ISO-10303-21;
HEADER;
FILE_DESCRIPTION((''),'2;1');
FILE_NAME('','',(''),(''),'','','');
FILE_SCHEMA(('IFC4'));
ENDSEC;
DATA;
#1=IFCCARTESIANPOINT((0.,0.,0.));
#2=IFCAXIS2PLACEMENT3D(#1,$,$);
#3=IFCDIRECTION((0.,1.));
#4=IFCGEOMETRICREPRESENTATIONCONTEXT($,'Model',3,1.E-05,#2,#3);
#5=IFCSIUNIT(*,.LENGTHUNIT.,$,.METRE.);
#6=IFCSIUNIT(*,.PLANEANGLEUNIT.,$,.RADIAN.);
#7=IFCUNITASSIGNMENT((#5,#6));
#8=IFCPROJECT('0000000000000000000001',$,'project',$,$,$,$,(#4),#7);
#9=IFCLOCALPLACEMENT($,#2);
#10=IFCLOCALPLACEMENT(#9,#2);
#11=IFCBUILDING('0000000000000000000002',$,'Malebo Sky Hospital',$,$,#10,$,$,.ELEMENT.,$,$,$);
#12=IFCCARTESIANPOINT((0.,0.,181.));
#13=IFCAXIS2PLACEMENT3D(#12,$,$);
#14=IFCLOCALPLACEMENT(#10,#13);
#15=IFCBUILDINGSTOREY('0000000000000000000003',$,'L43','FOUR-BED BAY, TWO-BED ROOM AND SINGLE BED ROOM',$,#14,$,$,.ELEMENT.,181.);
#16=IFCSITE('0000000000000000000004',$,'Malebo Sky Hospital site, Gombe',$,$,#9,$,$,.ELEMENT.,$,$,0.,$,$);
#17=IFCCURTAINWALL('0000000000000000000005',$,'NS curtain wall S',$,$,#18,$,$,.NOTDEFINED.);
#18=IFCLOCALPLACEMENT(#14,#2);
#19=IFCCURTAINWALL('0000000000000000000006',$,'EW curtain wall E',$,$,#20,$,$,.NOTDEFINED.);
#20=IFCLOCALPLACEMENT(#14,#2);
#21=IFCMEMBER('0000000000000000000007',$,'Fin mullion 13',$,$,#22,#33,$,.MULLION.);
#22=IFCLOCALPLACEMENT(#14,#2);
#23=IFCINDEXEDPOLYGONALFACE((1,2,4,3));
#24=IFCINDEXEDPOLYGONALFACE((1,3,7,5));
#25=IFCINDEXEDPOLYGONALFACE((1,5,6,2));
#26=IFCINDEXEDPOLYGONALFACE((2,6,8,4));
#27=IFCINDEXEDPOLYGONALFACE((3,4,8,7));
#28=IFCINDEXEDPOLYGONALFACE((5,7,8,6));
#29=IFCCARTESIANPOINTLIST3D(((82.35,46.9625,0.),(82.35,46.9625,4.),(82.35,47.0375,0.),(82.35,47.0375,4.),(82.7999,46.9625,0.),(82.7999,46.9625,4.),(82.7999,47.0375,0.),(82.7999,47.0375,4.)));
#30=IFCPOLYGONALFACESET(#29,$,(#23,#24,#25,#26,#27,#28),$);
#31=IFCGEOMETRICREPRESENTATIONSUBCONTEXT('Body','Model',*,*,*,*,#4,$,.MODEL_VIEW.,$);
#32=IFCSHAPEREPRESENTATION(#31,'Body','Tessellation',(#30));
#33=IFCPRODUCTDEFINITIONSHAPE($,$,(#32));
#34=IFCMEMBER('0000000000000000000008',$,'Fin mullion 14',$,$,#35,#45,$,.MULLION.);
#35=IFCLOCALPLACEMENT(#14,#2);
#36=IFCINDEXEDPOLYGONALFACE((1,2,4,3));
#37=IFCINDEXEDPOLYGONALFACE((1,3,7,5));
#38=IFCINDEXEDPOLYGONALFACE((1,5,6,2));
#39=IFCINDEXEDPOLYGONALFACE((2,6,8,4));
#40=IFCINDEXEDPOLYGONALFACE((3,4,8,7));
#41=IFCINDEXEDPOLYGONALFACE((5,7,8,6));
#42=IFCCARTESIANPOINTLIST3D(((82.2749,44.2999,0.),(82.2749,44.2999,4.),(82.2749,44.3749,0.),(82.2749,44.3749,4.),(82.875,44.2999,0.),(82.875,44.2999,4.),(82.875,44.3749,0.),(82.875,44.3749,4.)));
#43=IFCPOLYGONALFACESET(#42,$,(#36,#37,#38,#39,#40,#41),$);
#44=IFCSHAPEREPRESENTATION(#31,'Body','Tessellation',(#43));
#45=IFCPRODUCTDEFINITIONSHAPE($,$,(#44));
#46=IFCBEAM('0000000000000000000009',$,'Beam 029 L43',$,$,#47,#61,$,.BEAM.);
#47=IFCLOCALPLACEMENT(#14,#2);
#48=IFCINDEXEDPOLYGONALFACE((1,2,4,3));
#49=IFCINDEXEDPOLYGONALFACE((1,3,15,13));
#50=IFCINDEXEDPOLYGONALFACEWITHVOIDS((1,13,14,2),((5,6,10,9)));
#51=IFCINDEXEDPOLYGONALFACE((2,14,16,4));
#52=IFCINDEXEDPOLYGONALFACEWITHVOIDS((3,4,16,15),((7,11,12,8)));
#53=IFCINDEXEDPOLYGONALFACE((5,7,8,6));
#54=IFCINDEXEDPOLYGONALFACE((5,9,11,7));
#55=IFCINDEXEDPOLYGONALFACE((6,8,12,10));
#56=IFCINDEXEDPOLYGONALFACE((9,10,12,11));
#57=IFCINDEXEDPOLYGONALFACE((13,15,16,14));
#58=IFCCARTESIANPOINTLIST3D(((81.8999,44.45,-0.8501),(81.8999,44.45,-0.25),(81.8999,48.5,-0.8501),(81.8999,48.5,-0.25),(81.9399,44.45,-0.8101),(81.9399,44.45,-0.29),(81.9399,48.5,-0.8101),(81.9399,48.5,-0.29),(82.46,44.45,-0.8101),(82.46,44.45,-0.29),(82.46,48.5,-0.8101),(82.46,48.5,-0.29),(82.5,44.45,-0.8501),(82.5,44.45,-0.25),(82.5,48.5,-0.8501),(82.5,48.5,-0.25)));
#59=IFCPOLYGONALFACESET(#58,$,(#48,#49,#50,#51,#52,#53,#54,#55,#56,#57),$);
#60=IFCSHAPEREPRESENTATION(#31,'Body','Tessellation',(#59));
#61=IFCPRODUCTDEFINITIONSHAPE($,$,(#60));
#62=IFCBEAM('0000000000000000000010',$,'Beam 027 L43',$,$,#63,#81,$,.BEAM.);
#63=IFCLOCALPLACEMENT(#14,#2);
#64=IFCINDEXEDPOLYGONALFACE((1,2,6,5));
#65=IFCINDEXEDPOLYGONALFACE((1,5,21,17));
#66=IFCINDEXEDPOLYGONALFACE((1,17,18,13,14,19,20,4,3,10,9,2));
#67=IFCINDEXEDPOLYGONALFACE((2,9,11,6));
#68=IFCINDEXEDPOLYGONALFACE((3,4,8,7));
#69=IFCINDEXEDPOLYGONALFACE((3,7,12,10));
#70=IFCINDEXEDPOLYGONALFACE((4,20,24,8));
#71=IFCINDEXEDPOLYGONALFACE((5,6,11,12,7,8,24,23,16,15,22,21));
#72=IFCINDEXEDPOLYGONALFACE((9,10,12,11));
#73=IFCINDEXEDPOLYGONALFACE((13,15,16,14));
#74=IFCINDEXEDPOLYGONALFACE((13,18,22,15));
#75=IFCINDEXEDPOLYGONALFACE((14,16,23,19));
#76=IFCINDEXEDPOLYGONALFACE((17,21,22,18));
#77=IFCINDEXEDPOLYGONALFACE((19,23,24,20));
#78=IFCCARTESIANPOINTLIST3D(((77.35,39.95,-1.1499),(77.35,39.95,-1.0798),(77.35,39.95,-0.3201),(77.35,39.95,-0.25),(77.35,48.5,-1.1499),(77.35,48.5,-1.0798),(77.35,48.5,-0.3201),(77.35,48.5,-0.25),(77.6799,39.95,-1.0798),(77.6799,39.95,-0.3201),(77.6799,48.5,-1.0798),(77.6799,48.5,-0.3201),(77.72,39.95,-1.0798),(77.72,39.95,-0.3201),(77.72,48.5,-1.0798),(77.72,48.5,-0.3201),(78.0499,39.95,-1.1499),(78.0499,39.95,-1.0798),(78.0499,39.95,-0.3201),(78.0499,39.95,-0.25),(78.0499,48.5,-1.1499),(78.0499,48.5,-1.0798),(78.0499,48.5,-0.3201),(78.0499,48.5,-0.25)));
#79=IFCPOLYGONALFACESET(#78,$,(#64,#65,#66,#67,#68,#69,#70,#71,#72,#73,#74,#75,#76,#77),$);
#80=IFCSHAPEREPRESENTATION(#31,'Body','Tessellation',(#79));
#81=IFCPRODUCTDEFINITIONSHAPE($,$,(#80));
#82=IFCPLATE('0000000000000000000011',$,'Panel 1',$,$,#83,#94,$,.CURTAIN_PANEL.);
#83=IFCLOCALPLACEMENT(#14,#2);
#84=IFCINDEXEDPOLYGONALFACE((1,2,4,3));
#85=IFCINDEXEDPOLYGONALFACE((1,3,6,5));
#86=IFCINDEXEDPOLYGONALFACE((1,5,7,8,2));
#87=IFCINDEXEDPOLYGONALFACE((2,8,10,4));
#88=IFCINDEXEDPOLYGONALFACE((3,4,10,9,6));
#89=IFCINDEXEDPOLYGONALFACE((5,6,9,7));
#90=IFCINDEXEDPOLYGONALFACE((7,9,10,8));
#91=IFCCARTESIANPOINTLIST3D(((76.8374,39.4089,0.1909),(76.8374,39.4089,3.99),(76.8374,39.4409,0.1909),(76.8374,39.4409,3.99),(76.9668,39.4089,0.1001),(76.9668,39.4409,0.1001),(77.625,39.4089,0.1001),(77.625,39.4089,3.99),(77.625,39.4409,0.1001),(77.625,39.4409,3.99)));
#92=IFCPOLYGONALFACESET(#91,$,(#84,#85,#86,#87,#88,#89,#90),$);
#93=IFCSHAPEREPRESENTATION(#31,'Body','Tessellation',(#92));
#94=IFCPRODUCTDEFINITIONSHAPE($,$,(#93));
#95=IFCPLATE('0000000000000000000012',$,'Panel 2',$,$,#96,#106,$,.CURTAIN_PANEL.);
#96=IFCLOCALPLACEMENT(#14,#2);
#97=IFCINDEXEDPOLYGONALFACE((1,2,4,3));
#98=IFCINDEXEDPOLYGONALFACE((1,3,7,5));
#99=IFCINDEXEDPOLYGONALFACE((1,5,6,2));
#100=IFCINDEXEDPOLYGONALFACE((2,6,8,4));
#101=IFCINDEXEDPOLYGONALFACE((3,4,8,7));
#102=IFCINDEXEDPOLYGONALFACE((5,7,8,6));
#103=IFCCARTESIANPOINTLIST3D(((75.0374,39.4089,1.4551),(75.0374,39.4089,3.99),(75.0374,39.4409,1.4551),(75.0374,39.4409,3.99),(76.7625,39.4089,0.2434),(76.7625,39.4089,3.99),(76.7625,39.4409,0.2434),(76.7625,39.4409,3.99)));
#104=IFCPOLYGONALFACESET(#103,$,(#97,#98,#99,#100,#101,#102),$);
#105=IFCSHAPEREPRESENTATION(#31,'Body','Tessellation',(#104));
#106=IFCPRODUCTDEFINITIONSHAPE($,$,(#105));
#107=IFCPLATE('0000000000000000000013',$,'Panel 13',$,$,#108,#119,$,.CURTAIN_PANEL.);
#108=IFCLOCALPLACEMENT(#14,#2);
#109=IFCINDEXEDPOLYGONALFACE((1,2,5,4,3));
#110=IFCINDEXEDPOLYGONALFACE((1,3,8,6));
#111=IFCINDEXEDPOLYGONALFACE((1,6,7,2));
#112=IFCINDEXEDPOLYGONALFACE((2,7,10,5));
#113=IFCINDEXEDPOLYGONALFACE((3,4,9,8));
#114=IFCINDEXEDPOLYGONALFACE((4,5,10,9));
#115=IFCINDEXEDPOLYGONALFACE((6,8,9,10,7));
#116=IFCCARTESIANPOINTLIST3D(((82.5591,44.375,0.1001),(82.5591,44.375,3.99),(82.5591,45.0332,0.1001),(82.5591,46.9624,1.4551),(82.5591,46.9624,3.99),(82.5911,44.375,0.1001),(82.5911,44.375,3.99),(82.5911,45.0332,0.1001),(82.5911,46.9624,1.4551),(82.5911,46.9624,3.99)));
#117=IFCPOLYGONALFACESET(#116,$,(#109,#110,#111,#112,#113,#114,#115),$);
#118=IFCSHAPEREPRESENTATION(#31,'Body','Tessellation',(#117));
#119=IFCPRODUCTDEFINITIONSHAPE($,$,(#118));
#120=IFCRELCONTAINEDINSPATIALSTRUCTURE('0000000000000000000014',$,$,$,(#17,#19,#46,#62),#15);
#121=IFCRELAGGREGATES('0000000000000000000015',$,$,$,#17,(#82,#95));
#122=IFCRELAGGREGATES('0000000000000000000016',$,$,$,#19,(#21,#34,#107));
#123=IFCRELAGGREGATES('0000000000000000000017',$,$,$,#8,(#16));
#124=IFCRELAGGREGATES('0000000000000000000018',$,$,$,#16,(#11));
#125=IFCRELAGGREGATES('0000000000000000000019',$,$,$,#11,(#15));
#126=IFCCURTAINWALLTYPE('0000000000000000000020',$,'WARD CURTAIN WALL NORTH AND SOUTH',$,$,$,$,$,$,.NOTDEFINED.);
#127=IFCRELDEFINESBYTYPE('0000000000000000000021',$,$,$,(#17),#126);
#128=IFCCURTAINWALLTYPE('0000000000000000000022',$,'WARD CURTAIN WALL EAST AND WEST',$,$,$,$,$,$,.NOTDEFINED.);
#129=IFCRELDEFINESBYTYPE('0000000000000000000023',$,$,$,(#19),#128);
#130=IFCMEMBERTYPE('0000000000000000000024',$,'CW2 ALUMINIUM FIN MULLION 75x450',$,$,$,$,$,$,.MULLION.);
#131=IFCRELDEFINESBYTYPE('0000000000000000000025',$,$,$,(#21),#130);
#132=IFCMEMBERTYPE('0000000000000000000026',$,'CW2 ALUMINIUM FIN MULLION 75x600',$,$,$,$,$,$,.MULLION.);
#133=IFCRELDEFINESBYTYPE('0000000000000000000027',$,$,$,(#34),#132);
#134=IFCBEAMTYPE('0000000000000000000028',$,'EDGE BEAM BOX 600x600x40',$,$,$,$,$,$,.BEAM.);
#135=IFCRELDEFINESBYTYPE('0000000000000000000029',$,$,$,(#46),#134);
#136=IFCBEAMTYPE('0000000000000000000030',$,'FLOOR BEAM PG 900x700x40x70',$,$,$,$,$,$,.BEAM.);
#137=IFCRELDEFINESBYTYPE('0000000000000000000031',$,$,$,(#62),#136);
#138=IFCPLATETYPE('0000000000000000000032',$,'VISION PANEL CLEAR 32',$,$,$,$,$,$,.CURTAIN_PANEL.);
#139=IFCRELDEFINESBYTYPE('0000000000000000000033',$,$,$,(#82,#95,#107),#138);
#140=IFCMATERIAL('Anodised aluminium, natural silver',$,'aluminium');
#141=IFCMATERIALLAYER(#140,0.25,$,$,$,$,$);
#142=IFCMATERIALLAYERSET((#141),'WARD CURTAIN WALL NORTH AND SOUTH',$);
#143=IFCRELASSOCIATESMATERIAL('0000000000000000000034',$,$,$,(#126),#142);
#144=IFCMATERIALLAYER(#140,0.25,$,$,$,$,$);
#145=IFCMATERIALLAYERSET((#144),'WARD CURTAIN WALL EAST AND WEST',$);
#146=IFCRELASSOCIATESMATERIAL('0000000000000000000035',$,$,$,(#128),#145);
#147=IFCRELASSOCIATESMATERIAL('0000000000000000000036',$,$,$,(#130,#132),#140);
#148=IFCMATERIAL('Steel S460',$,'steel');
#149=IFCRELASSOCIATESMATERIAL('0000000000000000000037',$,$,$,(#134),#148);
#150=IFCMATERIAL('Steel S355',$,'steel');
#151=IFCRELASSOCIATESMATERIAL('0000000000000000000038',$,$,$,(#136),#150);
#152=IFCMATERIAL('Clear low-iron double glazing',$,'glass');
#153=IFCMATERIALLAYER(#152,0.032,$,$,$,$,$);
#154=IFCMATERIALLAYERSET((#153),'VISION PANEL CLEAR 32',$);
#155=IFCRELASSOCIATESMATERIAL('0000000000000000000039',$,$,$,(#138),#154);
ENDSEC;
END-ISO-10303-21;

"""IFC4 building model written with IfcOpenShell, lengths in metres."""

from ifc_helpers import new_model, si_unit, direction, frame, origin, origin_2d, place, context, subcontext, project, spatial, polyline, rectangle, hollow_rectangle, i_section, outline, extrude, material, layer, layer_set, material_profile, profile_set, type_object, element, aggregate, save


model = new_model("IFC4")

# Units and contexts
model_context = context("Model", 3, precision=1e-05, world=origin(), true_north=direction((0.0, 1.0)))
body_context = subcontext(model_context, "Body", "Model", "MODEL_VIEW")
ifc_project = project(units=[si_unit("LENGTHUNIT", "METRE"), si_unit("PLANEANGLEUNIT", "RADIAN")], contexts=[model_context])

# Site, building, storey
site_placement = place(None, origin())
site = spatial("IfcSite", under=ifc_project, at=site_placement, Name="Malebo Sky Hospital site, Gombe", CompositionType="ELEMENT", RefElevation=0.0)
building_placement = place(site_placement, origin())
building = spatial("IfcBuilding", under=site, at=building_placement, Name="Malebo Sky Hospital", CompositionType="ELEMENT")
storey_placement = place(building_placement, frame((0.0, 0.0, 181.0)))
storey = spatial("IfcBuildingStorey", under=building, at=storey_placement, Name="L43", Description="FOUR-BED BAY, TWO-BED ROOM AND SINGLE BED ROOM", CompositionType="ELEMENT", Elevation=181.0)

# Shared definitions
ifc_material_1 = material(Name="Steel S460", Category="steel")

# Curtain wall
ifc_material_2 = material(Name="Anodised aluminium, natural silver", Category="aluminium")
ifc_layer_1 = layer(ifc_material_2, 0.25)
ifc_layer_set_1 = layer_set([ifc_layer_1], Name="WARD CURTAIN WALL NORTH AND SOUTH")
curtain_wall_type_1 = type_object("IfcCurtainWallType", Name="WARD CURTAIN WALL NORTH AND SOUTH", PredefinedType="NOTDEFINED", material=ifc_layer_set_1)
curtain_wall_1_placement = place(storey_placement, origin())
curtain_wall_1 = element("IfcCurtainWall", 1, at=curtain_wall_1_placement, inside=storey, type_object=curtain_wall_type_1, Name="NS curtain wall S", PredefinedType="NOTDEFINED")

# Curtain wall
ifc_layer_2 = layer(ifc_material_2, 0.25)
ifc_layer_set_2 = layer_set([ifc_layer_2], Name="WARD CURTAIN WALL EAST AND WEST")
curtain_wall_type_2 = type_object("IfcCurtainWallType", Name="WARD CURTAIN WALL EAST AND WEST", PredefinedType="NOTDEFINED", material=ifc_layer_set_2)
curtain_wall_2_placement = place(storey_placement, origin())
curtain_wall_2 = element("IfcCurtainWall", 2, at=curtain_wall_2_placement, inside=storey, type_object=curtain_wall_type_2, Name="EW curtain wall E", PredefinedType="NOTDEFINED")

# Shared definitions
ifc_material_3 = material(Name="Steel S355", Category="steel")

# Members
ifc_material_profile_1 = material_profile(ifc_material_2, rectangle(XDim=0.075, YDim=0.45, at=origin_2d()), Name="CW2 ALUMINIUM FIN MULLION 75x450")
ifc_profile_set_1 = profile_set([ifc_material_profile_1], Name="Anodised aluminium, natural silver")
member_type_1 = type_object("IfcMemberType", Name="CW2 ALUMINIUM FIN MULLION 75x450", PredefinedType="MULLION", material=ifc_profile_set_1)
member_1_placement = place(storey_placement, frame((82.575, 47.0, 0.0), z_axis=(0.0, 0.0, 1.0), x_axis=(0.0, -1.0, 0.0)))
member_1 = element("IfcMember", 3, at=member_1_placement, type_object=member_type_1, Name="Fin mullion 13", PredefinedType="MULLION", context=body_context, shape_type="SweptSolid", body=[
    extrude(rectangle(XDim=0.075, YDim=0.45, at=origin_2d()), origin(), (0.0, 0.0, 1.0), 4.0),
])
ifc_material_profile_2 = material_profile(ifc_material_2, rectangle(XDim=0.075, YDim=0.6001, at=origin_2d()), Name="CW2 ALUMINIUM FIN MULLION 75x600")
ifc_profile_set_2 = profile_set([ifc_material_profile_2], Name="Anodised aluminium, natural silver")
member_type_2 = type_object("IfcMemberType", Name="CW2 ALUMINIUM FIN MULLION 75x600", PredefinedType="MULLION", material=ifc_profile_set_2)
member_2_placement = place(storey_placement, frame((82.575, 44.3374, 0.0), z_axis=(0.0, 0.0, 1.0), x_axis=(0.0, -1.0, 0.0)))
member_2 = element("IfcMember", 4, at=member_2_placement, type_object=member_type_2, Name="Fin mullion 14", PredefinedType="MULLION", context=body_context, shape_type="SweptSolid", body=[
    extrude(rectangle(XDim=0.075, YDim=0.6001, at=origin_2d()), origin(), (0.0, 0.0, 1.0), 4.0),
])

# Beams
ifc_material_profile_3 = material_profile(ifc_material_1, hollow_rectangle(XDim=0.6001, YDim=0.6001, WallThickness=0.04, at=origin_2d()), Name="BOX 600x600x40")
ifc_profile_set_3 = profile_set([ifc_material_profile_3], Name="Steel S460")
beam_type_1 = type_object("IfcBeamType", Name="EDGE BEAM BOX 600x600x40", PredefinedType="BEAM", material=ifc_profile_set_3)
beam_1_placement = place(storey_placement, frame((82.2, 44.45, -0.55), z_axis=(0.0, 1.0, 0.0), x_axis=(-1.0, 0.0, 0.0)))
element("IfcBeam", 5, at=beam_1_placement, inside=storey, type_object=beam_type_1, Name="Beam 029 L43", PredefinedType="BEAM", context=body_context, shape_type="SweptSolid", body=[
    extrude(hollow_rectangle(XDim=0.6001, YDim=0.6001, WallThickness=0.04, at=origin_2d()), origin(), (0.0, 0.0, 1.0), 4.05),
])
ifc_material_profile_4 = material_profile(ifc_material_3, i_section(OverallWidth=0.7, OverallDepth=0.8999, WebThickness=0.04, FlangeThickness=0.0701, at=origin_2d()), Name="PG 900x700x40x70")
ifc_profile_set_4 = profile_set([ifc_material_profile_4], Name="Steel S355")
beam_type_2 = type_object("IfcBeamType", Name="FLOOR BEAM PG 900x700x40x70", PredefinedType="BEAM", material=ifc_profile_set_4)
beam_2_placement = place(storey_placement, frame((77.7, 39.95, -0.7), z_axis=(0.0, 1.0, 0.0), x_axis=(-1.0, 0.0, 0.0)))
element("IfcBeam", 6, at=beam_2_placement, inside=storey, type_object=beam_type_2, Name="Beam 027 L43", PredefinedType="BEAM", context=body_context, shape_type="SweptSolid", body=[
    extrude(i_section(OverallWidth=0.7, OverallDepth=0.8999, WebThickness=0.04, FlangeThickness=0.0701, at=origin_2d()), origin(), (0.0, 0.0, 1.0), 8.55),
])

# Plates
ifc_material_4 = material(Name="Clear low-iron double glazing", Category="glass")
ifc_layer_3 = layer(ifc_material_4, 0.032)
ifc_layer_set_3 = layer_set([ifc_layer_3], Name="VISION PANEL CLEAR 32")
plate_type = type_object("IfcPlateType", Name="VISION PANEL CLEAR 32", PredefinedType="CURTAIN_PANEL", material=ifc_layer_set_3)
plate_1_placement = place(storey_placement, frame((77.2312, 39.425, 0.1001), z_axis=(0.0, 0.0, 1.0), x_axis=(-1.0, 0.0, 0.0)))
plate_1 = element("IfcPlate", 7, at=plate_1_placement, type_object=plate_type, Name="Panel 1", PredefinedType="CURTAIN_PANEL", context=body_context, shape_type="SweptSolid", body=[
    extrude(outline(polyline([(-0.3938, 0.0), (0.2644, 0.0), (0.3938, 0.0908), (0.3938, 3.8899), (-0.3938, 3.8899), (-0.3938, 0.0)])), frame((0.0, 0.0161, 0.0), z_axis=(0.0, -1.0, 0.0), x_axis=(1.0, 0.0, 0.0)), (0.0, 0.0, 1.0), 0.032),
])
plate_2_placement = place(storey_placement, frame((75.8999, 39.425, 0.2434), z_axis=(0.0, 0.0, 1.0), x_axis=(-1.0, 0.0, 0.0)))
plate_2 = element("IfcPlate", 8, at=plate_2_placement, type_object=plate_type, Name="Panel 2", PredefinedType="CURTAIN_PANEL", context=body_context, shape_type="SweptSolid", body=[
    extrude(outline(polyline([(-0.8625, 0.0), (0.8625, 1.2117), (0.8625, 3.7466), (-0.8625, 3.7466), (-0.8625, 0.0)])), frame((0.0, 0.0161, 0.0), z_axis=(0.0, -1.0, 0.0), x_axis=(1.0, 0.0, 0.0)), (0.0, 0.0, 1.0), 0.032),
])
aggregate(curtain_wall_1, [plate_1, plate_2])
plate_3_placement = place(storey_placement, frame((82.575, 45.6687, 0.1001), z_axis=(0.0, 0.0, 1.0), x_axis=(0.0, -1.0, 0.0)))
plate_3 = element("IfcPlate", 9, at=plate_3_placement, type_object=plate_type, Name="Panel 13", PredefinedType="CURTAIN_PANEL", context=body_context, shape_type="SweptSolid", body=[
    extrude(outline(polyline([(0.6355, 0.0), (1.2937, 0.0), (1.2937, 3.8899), (-1.2937, 3.8899), (-1.2937, 1.355), (0.6355, 0.0)])), frame((0.0, 0.0161, 0.0), z_axis=(0.0, -1.0, 0.0), x_axis=(1.0, 0.0, 0.0)), (0.0, 0.0, 1.0), 0.032),
])
aggregate(curtain_wall_2, [member_1, member_2, plate_3])

save(model, "model.ifc")
